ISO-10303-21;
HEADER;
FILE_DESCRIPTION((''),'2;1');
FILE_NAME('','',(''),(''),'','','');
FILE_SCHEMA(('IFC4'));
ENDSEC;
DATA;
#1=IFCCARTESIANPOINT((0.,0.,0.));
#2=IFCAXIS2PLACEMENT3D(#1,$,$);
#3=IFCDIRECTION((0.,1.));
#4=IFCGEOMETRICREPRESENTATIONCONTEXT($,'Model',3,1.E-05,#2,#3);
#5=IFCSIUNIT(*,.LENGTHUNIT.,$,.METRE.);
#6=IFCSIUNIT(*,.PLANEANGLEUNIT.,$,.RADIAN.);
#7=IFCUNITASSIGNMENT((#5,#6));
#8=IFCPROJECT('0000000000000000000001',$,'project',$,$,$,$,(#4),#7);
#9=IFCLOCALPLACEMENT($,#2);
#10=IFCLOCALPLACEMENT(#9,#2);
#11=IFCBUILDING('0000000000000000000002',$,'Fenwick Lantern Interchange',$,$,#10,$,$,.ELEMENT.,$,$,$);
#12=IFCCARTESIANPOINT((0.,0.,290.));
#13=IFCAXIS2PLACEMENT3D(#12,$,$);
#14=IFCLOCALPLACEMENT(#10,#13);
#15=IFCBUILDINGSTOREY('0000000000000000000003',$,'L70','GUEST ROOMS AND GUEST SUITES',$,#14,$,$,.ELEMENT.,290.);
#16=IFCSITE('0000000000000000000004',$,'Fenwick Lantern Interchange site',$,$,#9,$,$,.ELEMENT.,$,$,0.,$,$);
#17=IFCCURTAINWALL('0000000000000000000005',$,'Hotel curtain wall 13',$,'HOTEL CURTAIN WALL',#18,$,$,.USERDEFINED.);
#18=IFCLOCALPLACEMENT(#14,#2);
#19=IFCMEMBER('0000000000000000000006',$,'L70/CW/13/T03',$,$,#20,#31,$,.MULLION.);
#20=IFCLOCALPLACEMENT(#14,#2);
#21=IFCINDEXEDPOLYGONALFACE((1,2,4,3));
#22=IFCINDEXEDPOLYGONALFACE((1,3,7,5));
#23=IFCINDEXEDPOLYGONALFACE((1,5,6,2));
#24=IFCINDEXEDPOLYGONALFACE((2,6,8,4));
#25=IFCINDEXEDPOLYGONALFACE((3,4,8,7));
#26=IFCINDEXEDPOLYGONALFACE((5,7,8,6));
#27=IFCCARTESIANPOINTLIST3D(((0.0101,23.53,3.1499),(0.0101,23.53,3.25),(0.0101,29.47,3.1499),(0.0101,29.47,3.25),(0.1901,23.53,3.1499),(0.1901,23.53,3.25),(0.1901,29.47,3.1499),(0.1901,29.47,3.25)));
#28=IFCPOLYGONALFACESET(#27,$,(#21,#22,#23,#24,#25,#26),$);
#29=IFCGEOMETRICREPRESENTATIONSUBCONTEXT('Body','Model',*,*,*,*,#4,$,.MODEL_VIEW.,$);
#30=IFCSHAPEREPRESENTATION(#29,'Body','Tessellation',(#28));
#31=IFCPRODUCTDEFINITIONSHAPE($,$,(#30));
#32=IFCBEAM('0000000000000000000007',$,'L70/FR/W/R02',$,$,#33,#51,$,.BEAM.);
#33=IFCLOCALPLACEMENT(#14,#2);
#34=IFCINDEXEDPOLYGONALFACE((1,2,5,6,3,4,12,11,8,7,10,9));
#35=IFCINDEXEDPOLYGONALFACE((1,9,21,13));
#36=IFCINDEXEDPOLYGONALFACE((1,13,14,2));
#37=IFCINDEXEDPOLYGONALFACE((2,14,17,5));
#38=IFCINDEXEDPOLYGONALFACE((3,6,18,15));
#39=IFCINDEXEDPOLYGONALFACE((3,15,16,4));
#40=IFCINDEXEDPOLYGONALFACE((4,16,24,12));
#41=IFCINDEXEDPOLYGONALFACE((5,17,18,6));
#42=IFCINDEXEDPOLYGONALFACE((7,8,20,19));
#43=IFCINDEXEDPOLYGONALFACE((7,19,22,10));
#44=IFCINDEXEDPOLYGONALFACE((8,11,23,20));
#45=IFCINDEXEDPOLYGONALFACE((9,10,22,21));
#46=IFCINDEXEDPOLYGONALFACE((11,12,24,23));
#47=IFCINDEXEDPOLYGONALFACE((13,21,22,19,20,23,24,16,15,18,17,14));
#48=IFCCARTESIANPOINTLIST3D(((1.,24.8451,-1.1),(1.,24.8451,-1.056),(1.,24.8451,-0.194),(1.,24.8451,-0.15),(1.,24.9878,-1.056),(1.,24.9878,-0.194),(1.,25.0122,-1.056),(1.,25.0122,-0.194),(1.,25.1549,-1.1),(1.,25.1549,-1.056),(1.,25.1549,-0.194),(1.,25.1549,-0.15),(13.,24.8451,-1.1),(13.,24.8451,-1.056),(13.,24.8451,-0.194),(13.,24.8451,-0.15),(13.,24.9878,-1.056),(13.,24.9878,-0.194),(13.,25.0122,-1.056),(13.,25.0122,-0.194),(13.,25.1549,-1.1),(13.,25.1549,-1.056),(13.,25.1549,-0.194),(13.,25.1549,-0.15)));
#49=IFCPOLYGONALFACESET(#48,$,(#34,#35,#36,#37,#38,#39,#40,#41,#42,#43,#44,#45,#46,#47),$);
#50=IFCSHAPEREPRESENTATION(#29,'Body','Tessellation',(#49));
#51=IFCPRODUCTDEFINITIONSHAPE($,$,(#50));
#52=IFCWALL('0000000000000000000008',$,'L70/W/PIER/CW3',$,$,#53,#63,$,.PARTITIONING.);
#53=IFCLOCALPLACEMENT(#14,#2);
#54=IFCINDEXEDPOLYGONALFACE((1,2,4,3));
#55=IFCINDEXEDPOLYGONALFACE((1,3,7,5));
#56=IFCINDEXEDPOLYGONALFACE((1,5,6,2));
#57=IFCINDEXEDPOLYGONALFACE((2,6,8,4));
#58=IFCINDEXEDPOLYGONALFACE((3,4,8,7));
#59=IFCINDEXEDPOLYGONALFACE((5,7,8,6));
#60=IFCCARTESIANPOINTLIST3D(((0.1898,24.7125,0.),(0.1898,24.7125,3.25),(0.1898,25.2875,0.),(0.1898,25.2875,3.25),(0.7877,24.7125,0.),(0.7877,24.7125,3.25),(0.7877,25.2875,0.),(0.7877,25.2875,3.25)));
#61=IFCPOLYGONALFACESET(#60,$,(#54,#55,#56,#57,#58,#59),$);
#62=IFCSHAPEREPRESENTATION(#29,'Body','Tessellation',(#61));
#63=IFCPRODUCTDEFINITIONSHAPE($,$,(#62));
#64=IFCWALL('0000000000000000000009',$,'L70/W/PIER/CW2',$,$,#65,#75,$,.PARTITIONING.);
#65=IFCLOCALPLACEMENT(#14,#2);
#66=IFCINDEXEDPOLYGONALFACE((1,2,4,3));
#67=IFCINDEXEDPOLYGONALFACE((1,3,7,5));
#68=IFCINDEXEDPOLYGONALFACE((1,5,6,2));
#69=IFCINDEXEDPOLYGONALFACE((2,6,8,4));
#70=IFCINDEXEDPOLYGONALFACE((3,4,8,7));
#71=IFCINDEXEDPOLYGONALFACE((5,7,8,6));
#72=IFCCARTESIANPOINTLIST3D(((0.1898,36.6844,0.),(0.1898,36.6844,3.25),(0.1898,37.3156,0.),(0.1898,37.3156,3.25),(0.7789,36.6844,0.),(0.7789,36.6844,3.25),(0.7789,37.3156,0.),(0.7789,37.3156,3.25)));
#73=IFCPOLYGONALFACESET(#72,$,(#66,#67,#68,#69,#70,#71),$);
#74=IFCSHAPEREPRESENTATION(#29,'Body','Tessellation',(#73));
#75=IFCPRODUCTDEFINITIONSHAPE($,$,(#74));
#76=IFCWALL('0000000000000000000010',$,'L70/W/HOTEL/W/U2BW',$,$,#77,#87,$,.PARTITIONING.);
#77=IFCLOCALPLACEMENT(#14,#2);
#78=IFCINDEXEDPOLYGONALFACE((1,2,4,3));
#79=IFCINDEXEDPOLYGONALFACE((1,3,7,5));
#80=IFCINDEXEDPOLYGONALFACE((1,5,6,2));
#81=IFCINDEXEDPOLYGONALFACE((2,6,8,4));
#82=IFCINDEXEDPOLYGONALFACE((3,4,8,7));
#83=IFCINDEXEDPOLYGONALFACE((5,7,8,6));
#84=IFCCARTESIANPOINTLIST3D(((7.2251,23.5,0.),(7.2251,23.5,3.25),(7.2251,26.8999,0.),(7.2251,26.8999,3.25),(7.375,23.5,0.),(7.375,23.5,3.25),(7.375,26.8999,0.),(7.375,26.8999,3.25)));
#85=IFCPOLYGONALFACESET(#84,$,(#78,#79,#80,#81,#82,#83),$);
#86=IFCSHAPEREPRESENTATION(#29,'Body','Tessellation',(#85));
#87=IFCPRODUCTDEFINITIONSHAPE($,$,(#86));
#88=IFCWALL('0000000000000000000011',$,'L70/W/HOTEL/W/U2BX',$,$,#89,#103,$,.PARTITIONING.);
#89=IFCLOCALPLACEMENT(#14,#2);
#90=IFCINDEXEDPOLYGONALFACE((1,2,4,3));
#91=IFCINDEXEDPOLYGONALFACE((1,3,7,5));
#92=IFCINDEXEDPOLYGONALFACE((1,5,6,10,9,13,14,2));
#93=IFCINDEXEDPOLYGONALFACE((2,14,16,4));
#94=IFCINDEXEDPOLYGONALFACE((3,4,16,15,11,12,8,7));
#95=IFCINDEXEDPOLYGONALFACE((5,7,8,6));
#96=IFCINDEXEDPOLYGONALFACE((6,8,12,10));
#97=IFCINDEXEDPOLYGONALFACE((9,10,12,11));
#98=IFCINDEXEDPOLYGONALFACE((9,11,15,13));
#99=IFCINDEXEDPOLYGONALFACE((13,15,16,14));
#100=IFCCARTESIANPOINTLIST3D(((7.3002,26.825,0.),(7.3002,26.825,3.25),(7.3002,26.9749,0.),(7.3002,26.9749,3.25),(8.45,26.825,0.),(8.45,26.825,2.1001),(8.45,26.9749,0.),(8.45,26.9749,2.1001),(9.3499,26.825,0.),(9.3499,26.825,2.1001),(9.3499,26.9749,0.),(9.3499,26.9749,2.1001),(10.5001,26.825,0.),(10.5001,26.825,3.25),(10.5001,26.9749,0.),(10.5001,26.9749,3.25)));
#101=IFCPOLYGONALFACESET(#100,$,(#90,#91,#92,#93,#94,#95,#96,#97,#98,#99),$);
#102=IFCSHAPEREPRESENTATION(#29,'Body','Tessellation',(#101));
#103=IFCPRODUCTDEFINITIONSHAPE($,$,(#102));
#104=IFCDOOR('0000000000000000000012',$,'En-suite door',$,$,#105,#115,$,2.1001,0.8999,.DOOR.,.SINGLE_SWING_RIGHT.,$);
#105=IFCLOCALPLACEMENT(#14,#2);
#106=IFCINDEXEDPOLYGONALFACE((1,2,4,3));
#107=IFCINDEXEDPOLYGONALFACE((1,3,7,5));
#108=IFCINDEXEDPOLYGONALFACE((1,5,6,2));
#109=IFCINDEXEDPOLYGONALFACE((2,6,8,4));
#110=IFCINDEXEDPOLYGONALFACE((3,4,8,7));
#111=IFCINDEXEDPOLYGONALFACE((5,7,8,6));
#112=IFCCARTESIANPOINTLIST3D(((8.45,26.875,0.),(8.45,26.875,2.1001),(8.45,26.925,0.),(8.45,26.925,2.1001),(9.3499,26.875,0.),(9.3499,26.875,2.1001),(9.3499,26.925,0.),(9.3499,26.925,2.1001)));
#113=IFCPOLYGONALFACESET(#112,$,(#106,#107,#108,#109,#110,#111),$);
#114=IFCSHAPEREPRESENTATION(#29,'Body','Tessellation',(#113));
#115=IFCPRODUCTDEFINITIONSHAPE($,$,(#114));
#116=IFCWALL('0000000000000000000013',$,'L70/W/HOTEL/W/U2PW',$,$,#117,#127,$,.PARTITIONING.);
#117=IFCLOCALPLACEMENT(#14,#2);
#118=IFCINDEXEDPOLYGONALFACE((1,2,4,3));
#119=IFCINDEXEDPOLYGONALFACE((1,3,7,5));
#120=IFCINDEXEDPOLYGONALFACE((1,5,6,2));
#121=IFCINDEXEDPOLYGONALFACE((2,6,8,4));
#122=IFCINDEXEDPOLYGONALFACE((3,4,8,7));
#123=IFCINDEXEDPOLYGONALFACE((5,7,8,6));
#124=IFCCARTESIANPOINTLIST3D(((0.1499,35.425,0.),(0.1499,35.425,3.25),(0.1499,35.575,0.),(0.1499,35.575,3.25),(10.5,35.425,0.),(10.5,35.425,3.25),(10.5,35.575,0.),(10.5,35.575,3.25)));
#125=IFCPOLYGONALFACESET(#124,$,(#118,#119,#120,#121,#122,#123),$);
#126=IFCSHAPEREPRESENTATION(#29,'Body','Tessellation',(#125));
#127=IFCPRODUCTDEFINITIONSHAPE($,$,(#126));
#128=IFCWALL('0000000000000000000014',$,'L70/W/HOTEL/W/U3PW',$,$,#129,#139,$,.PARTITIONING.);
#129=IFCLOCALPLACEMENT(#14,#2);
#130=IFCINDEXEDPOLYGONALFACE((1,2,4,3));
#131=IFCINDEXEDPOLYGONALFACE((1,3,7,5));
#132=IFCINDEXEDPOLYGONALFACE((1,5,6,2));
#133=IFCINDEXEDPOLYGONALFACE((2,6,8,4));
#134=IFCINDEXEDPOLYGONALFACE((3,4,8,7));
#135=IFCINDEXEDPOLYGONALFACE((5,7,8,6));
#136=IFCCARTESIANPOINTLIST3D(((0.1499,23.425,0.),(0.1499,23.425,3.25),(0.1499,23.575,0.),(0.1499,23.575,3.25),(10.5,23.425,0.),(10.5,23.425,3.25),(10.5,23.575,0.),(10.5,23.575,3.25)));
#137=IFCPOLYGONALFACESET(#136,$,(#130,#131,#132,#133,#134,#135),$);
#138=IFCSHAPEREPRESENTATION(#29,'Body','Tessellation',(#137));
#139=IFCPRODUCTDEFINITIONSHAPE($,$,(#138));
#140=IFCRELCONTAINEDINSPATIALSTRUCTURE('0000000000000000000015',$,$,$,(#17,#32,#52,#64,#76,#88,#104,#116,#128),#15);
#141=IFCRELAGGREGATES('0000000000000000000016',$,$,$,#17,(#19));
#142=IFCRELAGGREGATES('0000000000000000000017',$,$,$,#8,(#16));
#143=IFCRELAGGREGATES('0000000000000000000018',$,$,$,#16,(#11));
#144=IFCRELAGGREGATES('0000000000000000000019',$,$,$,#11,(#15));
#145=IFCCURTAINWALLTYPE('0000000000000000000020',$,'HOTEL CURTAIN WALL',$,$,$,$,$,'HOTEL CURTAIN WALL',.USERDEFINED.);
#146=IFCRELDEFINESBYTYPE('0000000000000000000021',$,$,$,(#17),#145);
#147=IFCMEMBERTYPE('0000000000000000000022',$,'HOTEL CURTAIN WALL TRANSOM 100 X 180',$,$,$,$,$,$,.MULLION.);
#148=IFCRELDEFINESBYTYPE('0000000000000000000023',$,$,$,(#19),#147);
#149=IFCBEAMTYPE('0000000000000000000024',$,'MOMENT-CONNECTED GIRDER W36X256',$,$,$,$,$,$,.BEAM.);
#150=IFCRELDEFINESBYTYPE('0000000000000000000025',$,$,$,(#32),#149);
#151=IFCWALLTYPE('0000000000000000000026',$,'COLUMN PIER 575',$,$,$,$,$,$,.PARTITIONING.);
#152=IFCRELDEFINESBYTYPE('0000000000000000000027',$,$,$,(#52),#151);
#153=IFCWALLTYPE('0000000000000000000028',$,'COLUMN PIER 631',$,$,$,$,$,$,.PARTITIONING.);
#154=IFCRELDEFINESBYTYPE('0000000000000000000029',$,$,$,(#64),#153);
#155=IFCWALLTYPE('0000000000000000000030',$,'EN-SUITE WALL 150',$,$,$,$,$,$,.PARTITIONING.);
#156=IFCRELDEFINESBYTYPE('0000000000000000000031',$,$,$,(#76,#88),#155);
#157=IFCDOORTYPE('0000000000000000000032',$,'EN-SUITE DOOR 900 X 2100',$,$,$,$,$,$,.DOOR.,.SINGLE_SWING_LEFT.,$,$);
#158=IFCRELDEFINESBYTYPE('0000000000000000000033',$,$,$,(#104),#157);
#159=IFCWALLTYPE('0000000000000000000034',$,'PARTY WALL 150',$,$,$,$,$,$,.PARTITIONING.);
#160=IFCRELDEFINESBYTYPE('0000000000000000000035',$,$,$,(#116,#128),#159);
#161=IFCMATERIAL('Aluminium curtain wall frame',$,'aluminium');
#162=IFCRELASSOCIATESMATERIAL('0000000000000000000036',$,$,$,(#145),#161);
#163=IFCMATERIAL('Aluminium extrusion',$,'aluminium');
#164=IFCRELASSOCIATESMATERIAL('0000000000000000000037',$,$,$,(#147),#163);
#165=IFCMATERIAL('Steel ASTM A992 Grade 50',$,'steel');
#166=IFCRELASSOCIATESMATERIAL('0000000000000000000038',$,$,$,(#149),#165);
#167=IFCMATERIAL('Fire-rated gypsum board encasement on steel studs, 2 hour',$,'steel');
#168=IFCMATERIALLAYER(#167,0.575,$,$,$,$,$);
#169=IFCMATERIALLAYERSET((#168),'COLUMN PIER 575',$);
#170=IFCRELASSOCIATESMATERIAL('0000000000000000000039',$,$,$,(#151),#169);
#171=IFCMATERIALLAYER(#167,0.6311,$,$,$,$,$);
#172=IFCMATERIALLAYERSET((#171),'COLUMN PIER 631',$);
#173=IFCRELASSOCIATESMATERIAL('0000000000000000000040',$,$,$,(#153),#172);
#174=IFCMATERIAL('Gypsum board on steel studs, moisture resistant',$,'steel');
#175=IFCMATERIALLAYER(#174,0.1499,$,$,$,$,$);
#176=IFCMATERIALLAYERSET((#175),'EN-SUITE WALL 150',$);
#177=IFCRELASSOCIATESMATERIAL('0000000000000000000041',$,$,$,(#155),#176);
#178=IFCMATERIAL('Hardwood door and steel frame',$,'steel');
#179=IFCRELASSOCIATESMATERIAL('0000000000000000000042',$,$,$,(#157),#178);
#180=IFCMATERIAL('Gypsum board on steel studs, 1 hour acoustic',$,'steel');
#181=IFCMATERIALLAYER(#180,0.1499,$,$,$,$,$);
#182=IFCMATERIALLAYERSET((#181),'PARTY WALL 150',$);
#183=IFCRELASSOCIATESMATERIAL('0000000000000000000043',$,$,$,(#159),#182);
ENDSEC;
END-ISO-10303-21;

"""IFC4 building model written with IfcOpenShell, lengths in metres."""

from ifc_helpers import new_model, si_unit, direction, frame, frame_2d, origin, origin_2d, place, context, subcontext, project, spatial, rectangle, i_section, extrude, material, layer, layer_set, material_profile, profile_set, type_object, element, fill, aggregate, save


model = new_model("IFC4")

# Units and contexts
model_context = context("Model", 3, precision=1e-05, world=origin(), true_north=direction((0.0, 1.0)))
body_context = subcontext(model_context, "Body", "Model", "MODEL_VIEW")
ifc_project = project(units=[si_unit("LENGTHUNIT", "METRE"), si_unit("PLANEANGLEUNIT", "RADIAN")], contexts=[model_context])

# Site, building, storey
site_placement = place(None, origin())
site = spatial("IfcSite", under=ifc_project, at=site_placement, Name="Fenwick Lantern Interchange site", CompositionType="ELEMENT", RefElevation=0.0)
building_placement = place(site_placement, origin())
building = spatial("IfcBuilding", under=site, at=building_placement, Name="Fenwick Lantern Interchange", CompositionType="ELEMENT")
storey_placement = place(building_placement, frame((0.0, 0.0, 290.0)))
storey = spatial("IfcBuildingStorey", under=building, at=storey_placement, Name="L70", Description="GUEST ROOMS AND GUEST SUITES", CompositionType="ELEMENT", Elevation=290.0)

# Shared definitions
ifc_material_1 = material(Name="Steel ASTM A992 Grade 50", Category="steel")

# Curtain wall, member
ifc_material_2 = material(Name="Aluminium curtain wall frame", Category="aluminium")
curtain_wall_type = type_object("IfcCurtainWallType", Name="HOTEL CURTAIN WALL", ElementType="HOTEL CURTAIN WALL", PredefinedType="USERDEFINED", material=ifc_material_2)
curtain_wall_placement = place(storey_placement, origin())
curtain_wall = element("IfcCurtainWall", 1, at=curtain_wall_placement, inside=storey, type_object=curtain_wall_type, Name="Hotel curtain wall 13", ObjectType="HOTEL CURTAIN WALL", PredefinedType="USERDEFINED")
ifc_material_3 = material(Name="Aluminium extrusion", Category="aluminium")
ifc_material_profile_1 = material_profile(ifc_material_3, rectangle(XDim=0.1799, YDim=0.1001, at=origin_2d()), Name="HOTEL CURTAIN WALL TRANSOM 100 X 180")
ifc_profile_set_1 = profile_set([ifc_material_profile_1], Name="Aluminium extrusion")
member_type_1 = type_object("IfcMemberType", Name="HOTEL CURTAIN WALL TRANSOM 100 X 180", PredefinedType="MULLION", material=ifc_profile_set_1)
member_1_placement = place(storey_placement, frame((0.1001, 29.47, 3.2), z_axis=(0.0, -1.0, 0.0), x_axis=(1.0, 0.0, 0.0)))
member_1 = element("IfcMember", 2, at=member_1_placement, type_object=member_type_1, Name="L70/CW/13/T03", PredefinedType="MULLION", context=body_context, shape_type="SweptSolid", body=[
    extrude(rectangle(XDim=0.1799, YDim=0.1001, at=origin_2d()), origin(), (0.0, 0.0, 1.0), 5.9399),
])
aggregate(curtain_wall, [member_1])

# Beam
ifc_material_profile_2 = material_profile(ifc_material_1, i_section(OverallWidth=0.3098, OverallDepth=0.95, WebThickness=0.0244, FlangeThickness=0.0439, at=origin_2d()), Name="W36X256")
ifc_profile_set_2 = profile_set([ifc_material_profile_2], Name="Steel ASTM A992 Grade 50")
beam_type_1 = type_object("IfcBeamType", Name="MOMENT-CONNECTED GIRDER W36X256", PredefinedType="BEAM", material=ifc_profile_set_2)
beam_placement = place(storey_placement, frame((1.0, 25.0, -0.625), z_axis=(1.0, 0.0, 0.0), x_axis=(0.0, 1.0, 0.0)))
element("IfcBeam", 3, at=beam_placement, inside=storey, type_object=beam_type_1, Name="L70/FR/W/R02", PredefinedType="BEAM", context=body_context, shape_type="SweptSolid", body=[
    extrude(i_section(OverallWidth=0.3098, OverallDepth=0.95, WebThickness=0.0244, FlangeThickness=0.0439, at=origin_2d()), origin(), (0.0, 0.0, 1.0), 12.0),
])

# Walls
ifc_material_4 = material(Name="Fire-rated gypsum board encasement on steel studs, 2 hour", Category="steel")
ifc_layer_1 = layer(ifc_material_4, 0.575)
ifc_layer_set_1 = layer_set([ifc_layer_1], Name="COLUMN PIER 575")
wall_type_1 = type_object("IfcWallType", Name="COLUMN PIER 575", PredefinedType="PARTITIONING", material=ifc_layer_set_1)
wall_1_placement = place(storey_placement, frame((0.1899, 25.0, 0.0), z_axis=(0.0, 0.0, 1.0), x_axis=(1.0, 0.0, 0.0)))
element("IfcWall", 4, at=wall_1_placement, inside=storey, type_object=wall_type_1, Name="L70/W/PIER/CW3", PredefinedType="PARTITIONING", context=body_context, shape_type="SweptSolid", body=[
    extrude(rectangle(XDim=0.5979, YDim=0.575, at=frame_2d((0.2988, 0.0))), origin(), (0.0, 0.0, 1.0), 3.25),
])
ifc_layer_2 = layer(ifc_material_4, 0.6311)
ifc_layer_set_2 = layer_set([ifc_layer_2], Name="COLUMN PIER 631")
wall_type_2 = type_object("IfcWallType", Name="COLUMN PIER 631", PredefinedType="PARTITIONING", material=ifc_layer_set_2)
wall_2_placement = place(storey_placement, frame((0.1899, 37.0, 0.0), z_axis=(0.0, 0.0, 1.0), x_axis=(1.0, 0.0, 0.0)))
element("IfcWall", 5, at=wall_2_placement, inside=storey, type_object=wall_type_2, Name="L70/W/PIER/CW2", PredefinedType="PARTITIONING", context=body_context, shape_type="SweptSolid", body=[
    extrude(rectangle(XDim=0.5891, YDim=0.6311, at=frame_2d((0.2944, 0.0))), origin(), (0.0, 0.0, 1.0), 3.25),
])
ifc_material_5 = material(Name="Gypsum board on steel studs, moisture resistant", Category="steel")
ifc_layer_3 = layer(ifc_material_5, 0.1499)
ifc_layer_set_3 = layer_set([ifc_layer_3], Name="EN-SUITE WALL 150")
wall_type_3 = type_object("IfcWallType", Name="EN-SUITE WALL 150", PredefinedType="PARTITIONING", material=ifc_layer_set_3)
wall_3_placement = place(storey_placement, frame((7.3, 26.8999, 0.0), z_axis=(0.0, 0.0, 1.0), x_axis=(0.0, -1.0, 0.0)))
element("IfcWall", 6, at=wall_3_placement, inside=storey, type_object=wall_type_3, Name="L70/W/HOTEL/W/U2BW", PredefinedType="PARTITIONING", context=body_context, shape_type="SweptSolid", body=[
    extrude(rectangle(XDim=3.3999, YDim=0.1499, at=frame_2d((1.7, 0.0))), origin(), (0.0, 0.0, 1.0), 3.25),
])

# Wall, opening, door
wall_4_placement = place(storey_placement, frame((7.3, 26.8999, 0.0), z_axis=(0.0, 0.0, 1.0), x_axis=(1.0, 0.0, 0.0)))
wall_4 = element("IfcWall", 7, at=wall_4_placement, inside=storey, type_object=wall_type_3, Name="L70/W/HOTEL/W/U2BX", PredefinedType="PARTITIONING", context=body_context, shape_type="SweptSolid", body=[
    extrude(rectangle(XDim=3.2, YDim=0.1499, at=frame_2d((1.6001, 0.0))), origin(), (0.0, 0.0, 1.0), 3.25),
])
opening_placement = place(wall_4_placement, frame((1.1499, 0.0, 0.0)))
opening = element("IfcOpeningElement", 8, at=opening_placement, cuts=wall_4, PredefinedType="OPENING", context=body_context, shape_type="SweptSolid", body=[
    extrude(rectangle(XDim=0.8999, YDim=2.1001, at=frame_2d((0.45, 1.05))), frame((0.0, 0.085, 0.0), z_axis=(0.0, -1.0, 0.0), x_axis=(1.0, 0.0, 0.0)), (0.0, 0.0, 1.0), 0.1699),
])
ifc_material_6 = material(Name="Hardwood door and steel frame", Category="steel")
door_type = type_object("IfcDoorType", Name="EN-SUITE DOOR 900 X 2100", OperationType="SINGLE_SWING_LEFT", PredefinedType="DOOR", material=ifc_material_6)
door_placement = place(opening_placement, frame((0.8999, 0.0, 0.0), z_axis=(0.0, 0.0, 1.0), x_axis=(-1.0, 0.0, 0.0)))
door = element("IfcDoor", 9, at=door_placement, inside=storey, type_object=door_type, Name="En-suite door", OperationType="SINGLE_SWING_RIGHT", OverallHeight=2.1001, OverallWidth=0.8999, PredefinedType="DOOR", context=body_context, shape_type="SweptSolid", body=[
    extrude(rectangle(XDim=0.8999, YDim=2.1001, at=frame_2d((0.45, 1.05))), frame((0.0, 0.0249, 0.0), z_axis=(0.0, -1.0, 0.0), x_axis=(1.0, 0.0, 0.0)), (0.0, 0.0, 1.0), 0.05),
])
fill(opening, door)

# Walls
ifc_material_7 = material(Name="Gypsum board on steel studs, 1 hour acoustic", Category="steel")
ifc_layer_4 = layer(ifc_material_7, 0.1499)
ifc_layer_set_4 = layer_set([ifc_layer_4], Name="PARTY WALL 150")
wall_type_4 = type_object("IfcWallType", Name="PARTY WALL 150", PredefinedType="PARTITIONING", material=ifc_layer_set_4)
for number, where, z_axis, x_axis, name in (
    (10, (0.1499, 35.5, 0.0), (0.0, 0.0, 1.0), (1.0, 0.0, 0.0), "L70/W/HOTEL/W/U2PW"),
    (11, (0.1499, 23.5, 0.0), (0.0, 0.0, 1.0), (1.0, 0.0, 0.0), "L70/W/HOTEL/W/U3PW"),
):
    element("IfcWall", number, at=place(storey_placement, frame(where, z_axis=z_axis, x_axis=x_axis)), inside=storey, type_object=wall_type_4, Name=name, PredefinedType="PARTITIONING", context=body_context, shape_type="SweptSolid", body=[
        extrude(rectangle(XDim=10.3501, YDim=0.1499, at=frame_2d((5.175, 0.0))), origin(), (0.0, 0.0, 1.0), 3.25),
    ])

save(model, "model.ifc")
